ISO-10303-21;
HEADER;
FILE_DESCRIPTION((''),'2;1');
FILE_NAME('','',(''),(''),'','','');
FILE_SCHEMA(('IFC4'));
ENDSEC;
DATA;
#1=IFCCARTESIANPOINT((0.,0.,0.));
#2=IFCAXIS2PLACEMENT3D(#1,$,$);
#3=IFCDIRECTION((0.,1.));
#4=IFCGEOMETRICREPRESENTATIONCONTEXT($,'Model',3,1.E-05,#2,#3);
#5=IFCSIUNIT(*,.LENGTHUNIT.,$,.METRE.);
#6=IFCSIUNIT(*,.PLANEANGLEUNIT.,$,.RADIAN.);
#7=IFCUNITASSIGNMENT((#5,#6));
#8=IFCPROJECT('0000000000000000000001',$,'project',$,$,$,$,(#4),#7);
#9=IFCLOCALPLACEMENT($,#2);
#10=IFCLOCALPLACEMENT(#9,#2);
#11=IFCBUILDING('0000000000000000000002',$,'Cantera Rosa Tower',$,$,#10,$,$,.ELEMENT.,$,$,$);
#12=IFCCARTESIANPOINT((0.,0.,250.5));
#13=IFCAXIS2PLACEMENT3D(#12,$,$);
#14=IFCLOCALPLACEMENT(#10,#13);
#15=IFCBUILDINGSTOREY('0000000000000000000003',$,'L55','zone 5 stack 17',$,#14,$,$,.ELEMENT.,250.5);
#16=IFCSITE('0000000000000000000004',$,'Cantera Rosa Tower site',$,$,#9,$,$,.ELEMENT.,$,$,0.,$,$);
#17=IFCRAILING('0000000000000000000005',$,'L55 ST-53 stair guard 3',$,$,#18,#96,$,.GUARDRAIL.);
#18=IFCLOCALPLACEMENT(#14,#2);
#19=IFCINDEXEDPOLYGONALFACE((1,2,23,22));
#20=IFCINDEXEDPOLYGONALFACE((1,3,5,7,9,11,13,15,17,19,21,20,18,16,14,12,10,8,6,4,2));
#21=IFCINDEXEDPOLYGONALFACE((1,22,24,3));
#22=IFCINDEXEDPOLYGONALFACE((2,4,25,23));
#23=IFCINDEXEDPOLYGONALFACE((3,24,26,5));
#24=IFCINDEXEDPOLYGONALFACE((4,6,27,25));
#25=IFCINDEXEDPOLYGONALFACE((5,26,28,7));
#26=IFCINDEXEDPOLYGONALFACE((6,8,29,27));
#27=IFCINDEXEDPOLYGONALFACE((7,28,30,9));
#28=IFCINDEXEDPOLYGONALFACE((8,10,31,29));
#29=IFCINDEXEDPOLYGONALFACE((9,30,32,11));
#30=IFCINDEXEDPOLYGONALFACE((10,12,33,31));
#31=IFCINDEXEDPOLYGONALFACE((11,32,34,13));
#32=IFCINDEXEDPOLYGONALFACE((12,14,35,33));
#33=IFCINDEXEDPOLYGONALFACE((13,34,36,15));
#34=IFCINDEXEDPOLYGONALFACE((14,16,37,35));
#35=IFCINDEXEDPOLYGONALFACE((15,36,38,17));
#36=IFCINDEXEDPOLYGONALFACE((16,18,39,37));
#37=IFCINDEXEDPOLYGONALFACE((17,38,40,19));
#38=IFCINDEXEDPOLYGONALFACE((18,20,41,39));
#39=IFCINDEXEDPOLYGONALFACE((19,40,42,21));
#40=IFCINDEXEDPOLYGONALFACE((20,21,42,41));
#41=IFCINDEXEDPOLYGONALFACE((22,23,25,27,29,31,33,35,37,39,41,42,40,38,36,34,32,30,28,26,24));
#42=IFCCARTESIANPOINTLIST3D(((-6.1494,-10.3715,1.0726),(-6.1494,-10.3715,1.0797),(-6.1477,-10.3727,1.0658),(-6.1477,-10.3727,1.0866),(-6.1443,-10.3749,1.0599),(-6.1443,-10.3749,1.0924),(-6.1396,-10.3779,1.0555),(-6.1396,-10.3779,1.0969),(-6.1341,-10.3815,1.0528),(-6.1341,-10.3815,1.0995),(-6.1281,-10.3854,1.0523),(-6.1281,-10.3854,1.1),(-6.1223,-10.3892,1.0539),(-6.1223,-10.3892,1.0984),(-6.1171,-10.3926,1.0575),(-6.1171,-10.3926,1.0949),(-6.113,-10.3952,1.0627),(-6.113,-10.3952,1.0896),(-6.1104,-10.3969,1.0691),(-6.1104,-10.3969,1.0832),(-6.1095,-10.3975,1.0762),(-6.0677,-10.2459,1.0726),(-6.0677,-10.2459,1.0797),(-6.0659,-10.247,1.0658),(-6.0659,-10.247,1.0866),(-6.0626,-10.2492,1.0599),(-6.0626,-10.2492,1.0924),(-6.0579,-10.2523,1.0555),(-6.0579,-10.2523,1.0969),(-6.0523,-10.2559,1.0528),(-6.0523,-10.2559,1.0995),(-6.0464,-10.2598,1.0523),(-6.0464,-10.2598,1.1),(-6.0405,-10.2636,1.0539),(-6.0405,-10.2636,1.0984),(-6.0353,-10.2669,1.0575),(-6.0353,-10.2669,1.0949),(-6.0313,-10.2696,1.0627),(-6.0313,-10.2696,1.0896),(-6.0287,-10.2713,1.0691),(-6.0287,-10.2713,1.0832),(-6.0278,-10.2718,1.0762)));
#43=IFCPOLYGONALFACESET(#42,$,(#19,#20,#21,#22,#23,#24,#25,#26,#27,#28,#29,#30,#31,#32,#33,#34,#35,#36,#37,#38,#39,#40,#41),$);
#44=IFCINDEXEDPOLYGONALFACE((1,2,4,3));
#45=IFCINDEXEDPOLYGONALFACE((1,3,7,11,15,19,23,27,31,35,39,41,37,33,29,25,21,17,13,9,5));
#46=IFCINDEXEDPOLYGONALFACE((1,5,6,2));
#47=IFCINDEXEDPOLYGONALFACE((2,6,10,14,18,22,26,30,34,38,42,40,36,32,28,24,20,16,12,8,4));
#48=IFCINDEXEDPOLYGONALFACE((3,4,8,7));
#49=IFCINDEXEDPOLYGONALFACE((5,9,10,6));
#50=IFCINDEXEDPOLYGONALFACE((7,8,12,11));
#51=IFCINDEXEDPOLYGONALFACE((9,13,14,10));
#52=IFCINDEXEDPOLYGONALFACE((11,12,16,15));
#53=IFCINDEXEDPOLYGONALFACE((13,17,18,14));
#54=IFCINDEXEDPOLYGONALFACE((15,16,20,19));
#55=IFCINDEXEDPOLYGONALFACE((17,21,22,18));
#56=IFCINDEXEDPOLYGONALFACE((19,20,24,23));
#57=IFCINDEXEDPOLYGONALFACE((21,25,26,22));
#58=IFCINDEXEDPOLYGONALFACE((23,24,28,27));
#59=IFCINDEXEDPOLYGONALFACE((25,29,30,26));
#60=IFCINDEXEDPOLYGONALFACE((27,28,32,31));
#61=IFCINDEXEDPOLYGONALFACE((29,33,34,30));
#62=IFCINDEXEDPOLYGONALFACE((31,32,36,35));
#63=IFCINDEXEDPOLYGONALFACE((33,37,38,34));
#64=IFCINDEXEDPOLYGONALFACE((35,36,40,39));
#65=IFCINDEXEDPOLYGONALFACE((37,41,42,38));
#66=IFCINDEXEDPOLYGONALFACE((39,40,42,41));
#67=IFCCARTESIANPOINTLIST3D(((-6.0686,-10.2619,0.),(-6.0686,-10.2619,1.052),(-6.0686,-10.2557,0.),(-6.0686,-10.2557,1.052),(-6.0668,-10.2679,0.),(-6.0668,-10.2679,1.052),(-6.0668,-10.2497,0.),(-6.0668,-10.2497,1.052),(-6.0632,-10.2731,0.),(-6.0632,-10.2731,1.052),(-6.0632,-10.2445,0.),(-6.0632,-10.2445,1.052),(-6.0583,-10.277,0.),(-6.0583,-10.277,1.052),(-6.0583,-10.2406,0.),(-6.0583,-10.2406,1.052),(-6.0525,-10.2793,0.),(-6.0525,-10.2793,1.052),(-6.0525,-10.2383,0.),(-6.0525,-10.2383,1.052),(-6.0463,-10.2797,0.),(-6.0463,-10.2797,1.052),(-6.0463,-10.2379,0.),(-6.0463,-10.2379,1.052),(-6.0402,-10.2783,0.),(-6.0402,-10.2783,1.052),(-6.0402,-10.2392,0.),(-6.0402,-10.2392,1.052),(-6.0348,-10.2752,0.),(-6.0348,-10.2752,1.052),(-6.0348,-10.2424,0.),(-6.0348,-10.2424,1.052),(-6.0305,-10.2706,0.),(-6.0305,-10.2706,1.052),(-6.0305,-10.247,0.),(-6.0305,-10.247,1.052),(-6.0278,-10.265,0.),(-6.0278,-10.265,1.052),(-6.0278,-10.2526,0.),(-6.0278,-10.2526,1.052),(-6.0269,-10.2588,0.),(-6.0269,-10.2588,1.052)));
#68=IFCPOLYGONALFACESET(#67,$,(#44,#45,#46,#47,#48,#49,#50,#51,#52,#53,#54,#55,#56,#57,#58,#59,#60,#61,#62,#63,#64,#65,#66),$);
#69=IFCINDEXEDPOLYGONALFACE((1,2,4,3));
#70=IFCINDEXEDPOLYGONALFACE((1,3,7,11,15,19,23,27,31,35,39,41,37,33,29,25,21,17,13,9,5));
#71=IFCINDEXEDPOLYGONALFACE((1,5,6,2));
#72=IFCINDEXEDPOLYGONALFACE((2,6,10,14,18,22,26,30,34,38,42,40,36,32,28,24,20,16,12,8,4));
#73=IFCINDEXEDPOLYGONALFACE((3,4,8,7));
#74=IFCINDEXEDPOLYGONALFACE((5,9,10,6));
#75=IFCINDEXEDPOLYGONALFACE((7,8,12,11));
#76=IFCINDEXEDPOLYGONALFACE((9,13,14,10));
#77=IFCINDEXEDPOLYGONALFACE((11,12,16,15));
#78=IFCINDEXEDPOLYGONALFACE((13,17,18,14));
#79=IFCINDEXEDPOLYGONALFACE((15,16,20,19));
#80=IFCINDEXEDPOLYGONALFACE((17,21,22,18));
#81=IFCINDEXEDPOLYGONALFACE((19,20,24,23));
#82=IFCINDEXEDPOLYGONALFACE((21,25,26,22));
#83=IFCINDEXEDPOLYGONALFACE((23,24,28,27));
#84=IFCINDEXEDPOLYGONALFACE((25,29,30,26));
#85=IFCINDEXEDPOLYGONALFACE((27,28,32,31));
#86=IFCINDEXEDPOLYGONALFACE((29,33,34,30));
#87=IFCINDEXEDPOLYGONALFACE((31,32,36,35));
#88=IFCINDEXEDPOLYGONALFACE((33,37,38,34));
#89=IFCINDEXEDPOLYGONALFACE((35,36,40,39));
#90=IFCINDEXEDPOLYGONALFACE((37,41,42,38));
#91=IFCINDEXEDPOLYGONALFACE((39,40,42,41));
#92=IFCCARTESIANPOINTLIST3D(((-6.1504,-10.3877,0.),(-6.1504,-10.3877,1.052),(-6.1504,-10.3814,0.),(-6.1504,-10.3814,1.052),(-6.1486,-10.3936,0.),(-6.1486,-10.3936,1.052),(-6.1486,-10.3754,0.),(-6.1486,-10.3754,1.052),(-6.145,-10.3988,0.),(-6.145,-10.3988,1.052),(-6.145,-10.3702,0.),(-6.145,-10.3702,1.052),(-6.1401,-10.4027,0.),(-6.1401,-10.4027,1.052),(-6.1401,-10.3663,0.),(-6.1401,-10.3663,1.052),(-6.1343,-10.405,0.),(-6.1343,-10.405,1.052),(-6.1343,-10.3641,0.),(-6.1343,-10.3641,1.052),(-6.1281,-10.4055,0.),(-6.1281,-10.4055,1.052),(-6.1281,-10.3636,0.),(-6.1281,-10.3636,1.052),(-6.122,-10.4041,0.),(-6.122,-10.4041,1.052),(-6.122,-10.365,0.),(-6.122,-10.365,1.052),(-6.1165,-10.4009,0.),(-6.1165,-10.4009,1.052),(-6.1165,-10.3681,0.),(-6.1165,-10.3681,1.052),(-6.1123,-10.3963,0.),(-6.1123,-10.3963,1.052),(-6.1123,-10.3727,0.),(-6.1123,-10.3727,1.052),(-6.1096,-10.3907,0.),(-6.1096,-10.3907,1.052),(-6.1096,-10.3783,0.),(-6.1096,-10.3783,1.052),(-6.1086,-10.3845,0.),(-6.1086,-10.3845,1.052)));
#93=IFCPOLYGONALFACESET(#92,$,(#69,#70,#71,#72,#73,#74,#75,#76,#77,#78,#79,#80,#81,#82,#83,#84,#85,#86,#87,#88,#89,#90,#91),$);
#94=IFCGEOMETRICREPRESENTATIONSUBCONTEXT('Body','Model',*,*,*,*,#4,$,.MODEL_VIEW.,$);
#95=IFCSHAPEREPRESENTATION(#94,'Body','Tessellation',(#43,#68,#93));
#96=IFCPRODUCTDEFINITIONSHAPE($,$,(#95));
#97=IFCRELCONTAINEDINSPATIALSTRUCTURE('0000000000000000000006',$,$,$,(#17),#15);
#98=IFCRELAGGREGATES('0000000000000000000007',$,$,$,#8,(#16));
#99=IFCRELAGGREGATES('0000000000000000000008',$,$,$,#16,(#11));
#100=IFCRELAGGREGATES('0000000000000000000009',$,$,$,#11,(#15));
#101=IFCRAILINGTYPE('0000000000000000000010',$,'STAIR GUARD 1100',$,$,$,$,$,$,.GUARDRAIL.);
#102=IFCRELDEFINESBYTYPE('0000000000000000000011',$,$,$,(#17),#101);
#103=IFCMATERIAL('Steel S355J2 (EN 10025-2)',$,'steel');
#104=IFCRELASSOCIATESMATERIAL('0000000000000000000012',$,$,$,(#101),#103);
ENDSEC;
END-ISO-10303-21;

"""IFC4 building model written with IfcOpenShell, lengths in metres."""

from ifc_helpers import new_model, si_unit, direction, frame, origin, origin_2d, place, context, subcontext, project, spatial, circle, extrude, material, type_object, element, save


model = new_model("IFC4")

# Units and contexts
model_context = context("Model", 3, precision=1e-05, world=origin(), true_north=direction((0.0, 1.0)))
body_context = subcontext(model_context, "Body", "Model", "MODEL_VIEW")
ifc_project = project(units=[si_unit("LENGTHUNIT", "METRE"), si_unit("PLANEANGLEUNIT", "RADIAN")], contexts=[model_context])

# Site, building, storey
site_placement = place(None, origin())
site = spatial("IfcSite", under=ifc_project, at=site_placement, Name="Cantera Rosa Tower site", CompositionType="ELEMENT", RefElevation=0.0)
building_placement = place(site_placement, origin())
building = spatial("IfcBuilding", under=site, at=building_placement, Name="Cantera Rosa Tower", CompositionType="ELEMENT")
storey_placement = place(building_placement, frame((0.0, 0.0, 250.5)))
storey = spatial("IfcBuildingStorey", under=building, at=storey_placement, Name="L55", Description="zone 5 stack 17", CompositionType="ELEMENT", Elevation=250.5)

# Railing
ifc_material_1 = material(Name="Steel S355J2 (EN 10025-2)", Category="steel")
railing_type_1 = type_object("IfcRailingType", Name="STAIR GUARD 1100", PredefinedType="GUARDRAIL", material=ifc_material_1)
railing_1_placement = place(storey_placement, frame((-6.0479, -10.2588, 0.0)))
element("IfcRailing", 1, at=railing_1_placement, inside=storey, type_object=railing_type_1, Name="L55 ST-53 stair guard 3", PredefinedType="GUARDRAIL", context=body_context, shape_type="SweptSolid", body=[
    extrude(circle(Radius=0.0239, at=origin_2d()), frame((0.0, 0.0, 1.0762), z_axis=(-0.545274, -0.838258, 0.0), x_axis=(0.838258, -0.545274, 0.0)), (0.0, 0.0, 1.0), 0.1499),
    extrude(circle(Radius=0.021, at=origin_2d()), origin(), (0.0, 0.0, 1.0), 1.052),
    extrude(circle(Radius=0.021, at=origin_2d()), frame((-0.0818, -0.1257, 0.0)), (0.0, 0.0, 1.0), 1.052),
])

save(model, "model.ifc")
